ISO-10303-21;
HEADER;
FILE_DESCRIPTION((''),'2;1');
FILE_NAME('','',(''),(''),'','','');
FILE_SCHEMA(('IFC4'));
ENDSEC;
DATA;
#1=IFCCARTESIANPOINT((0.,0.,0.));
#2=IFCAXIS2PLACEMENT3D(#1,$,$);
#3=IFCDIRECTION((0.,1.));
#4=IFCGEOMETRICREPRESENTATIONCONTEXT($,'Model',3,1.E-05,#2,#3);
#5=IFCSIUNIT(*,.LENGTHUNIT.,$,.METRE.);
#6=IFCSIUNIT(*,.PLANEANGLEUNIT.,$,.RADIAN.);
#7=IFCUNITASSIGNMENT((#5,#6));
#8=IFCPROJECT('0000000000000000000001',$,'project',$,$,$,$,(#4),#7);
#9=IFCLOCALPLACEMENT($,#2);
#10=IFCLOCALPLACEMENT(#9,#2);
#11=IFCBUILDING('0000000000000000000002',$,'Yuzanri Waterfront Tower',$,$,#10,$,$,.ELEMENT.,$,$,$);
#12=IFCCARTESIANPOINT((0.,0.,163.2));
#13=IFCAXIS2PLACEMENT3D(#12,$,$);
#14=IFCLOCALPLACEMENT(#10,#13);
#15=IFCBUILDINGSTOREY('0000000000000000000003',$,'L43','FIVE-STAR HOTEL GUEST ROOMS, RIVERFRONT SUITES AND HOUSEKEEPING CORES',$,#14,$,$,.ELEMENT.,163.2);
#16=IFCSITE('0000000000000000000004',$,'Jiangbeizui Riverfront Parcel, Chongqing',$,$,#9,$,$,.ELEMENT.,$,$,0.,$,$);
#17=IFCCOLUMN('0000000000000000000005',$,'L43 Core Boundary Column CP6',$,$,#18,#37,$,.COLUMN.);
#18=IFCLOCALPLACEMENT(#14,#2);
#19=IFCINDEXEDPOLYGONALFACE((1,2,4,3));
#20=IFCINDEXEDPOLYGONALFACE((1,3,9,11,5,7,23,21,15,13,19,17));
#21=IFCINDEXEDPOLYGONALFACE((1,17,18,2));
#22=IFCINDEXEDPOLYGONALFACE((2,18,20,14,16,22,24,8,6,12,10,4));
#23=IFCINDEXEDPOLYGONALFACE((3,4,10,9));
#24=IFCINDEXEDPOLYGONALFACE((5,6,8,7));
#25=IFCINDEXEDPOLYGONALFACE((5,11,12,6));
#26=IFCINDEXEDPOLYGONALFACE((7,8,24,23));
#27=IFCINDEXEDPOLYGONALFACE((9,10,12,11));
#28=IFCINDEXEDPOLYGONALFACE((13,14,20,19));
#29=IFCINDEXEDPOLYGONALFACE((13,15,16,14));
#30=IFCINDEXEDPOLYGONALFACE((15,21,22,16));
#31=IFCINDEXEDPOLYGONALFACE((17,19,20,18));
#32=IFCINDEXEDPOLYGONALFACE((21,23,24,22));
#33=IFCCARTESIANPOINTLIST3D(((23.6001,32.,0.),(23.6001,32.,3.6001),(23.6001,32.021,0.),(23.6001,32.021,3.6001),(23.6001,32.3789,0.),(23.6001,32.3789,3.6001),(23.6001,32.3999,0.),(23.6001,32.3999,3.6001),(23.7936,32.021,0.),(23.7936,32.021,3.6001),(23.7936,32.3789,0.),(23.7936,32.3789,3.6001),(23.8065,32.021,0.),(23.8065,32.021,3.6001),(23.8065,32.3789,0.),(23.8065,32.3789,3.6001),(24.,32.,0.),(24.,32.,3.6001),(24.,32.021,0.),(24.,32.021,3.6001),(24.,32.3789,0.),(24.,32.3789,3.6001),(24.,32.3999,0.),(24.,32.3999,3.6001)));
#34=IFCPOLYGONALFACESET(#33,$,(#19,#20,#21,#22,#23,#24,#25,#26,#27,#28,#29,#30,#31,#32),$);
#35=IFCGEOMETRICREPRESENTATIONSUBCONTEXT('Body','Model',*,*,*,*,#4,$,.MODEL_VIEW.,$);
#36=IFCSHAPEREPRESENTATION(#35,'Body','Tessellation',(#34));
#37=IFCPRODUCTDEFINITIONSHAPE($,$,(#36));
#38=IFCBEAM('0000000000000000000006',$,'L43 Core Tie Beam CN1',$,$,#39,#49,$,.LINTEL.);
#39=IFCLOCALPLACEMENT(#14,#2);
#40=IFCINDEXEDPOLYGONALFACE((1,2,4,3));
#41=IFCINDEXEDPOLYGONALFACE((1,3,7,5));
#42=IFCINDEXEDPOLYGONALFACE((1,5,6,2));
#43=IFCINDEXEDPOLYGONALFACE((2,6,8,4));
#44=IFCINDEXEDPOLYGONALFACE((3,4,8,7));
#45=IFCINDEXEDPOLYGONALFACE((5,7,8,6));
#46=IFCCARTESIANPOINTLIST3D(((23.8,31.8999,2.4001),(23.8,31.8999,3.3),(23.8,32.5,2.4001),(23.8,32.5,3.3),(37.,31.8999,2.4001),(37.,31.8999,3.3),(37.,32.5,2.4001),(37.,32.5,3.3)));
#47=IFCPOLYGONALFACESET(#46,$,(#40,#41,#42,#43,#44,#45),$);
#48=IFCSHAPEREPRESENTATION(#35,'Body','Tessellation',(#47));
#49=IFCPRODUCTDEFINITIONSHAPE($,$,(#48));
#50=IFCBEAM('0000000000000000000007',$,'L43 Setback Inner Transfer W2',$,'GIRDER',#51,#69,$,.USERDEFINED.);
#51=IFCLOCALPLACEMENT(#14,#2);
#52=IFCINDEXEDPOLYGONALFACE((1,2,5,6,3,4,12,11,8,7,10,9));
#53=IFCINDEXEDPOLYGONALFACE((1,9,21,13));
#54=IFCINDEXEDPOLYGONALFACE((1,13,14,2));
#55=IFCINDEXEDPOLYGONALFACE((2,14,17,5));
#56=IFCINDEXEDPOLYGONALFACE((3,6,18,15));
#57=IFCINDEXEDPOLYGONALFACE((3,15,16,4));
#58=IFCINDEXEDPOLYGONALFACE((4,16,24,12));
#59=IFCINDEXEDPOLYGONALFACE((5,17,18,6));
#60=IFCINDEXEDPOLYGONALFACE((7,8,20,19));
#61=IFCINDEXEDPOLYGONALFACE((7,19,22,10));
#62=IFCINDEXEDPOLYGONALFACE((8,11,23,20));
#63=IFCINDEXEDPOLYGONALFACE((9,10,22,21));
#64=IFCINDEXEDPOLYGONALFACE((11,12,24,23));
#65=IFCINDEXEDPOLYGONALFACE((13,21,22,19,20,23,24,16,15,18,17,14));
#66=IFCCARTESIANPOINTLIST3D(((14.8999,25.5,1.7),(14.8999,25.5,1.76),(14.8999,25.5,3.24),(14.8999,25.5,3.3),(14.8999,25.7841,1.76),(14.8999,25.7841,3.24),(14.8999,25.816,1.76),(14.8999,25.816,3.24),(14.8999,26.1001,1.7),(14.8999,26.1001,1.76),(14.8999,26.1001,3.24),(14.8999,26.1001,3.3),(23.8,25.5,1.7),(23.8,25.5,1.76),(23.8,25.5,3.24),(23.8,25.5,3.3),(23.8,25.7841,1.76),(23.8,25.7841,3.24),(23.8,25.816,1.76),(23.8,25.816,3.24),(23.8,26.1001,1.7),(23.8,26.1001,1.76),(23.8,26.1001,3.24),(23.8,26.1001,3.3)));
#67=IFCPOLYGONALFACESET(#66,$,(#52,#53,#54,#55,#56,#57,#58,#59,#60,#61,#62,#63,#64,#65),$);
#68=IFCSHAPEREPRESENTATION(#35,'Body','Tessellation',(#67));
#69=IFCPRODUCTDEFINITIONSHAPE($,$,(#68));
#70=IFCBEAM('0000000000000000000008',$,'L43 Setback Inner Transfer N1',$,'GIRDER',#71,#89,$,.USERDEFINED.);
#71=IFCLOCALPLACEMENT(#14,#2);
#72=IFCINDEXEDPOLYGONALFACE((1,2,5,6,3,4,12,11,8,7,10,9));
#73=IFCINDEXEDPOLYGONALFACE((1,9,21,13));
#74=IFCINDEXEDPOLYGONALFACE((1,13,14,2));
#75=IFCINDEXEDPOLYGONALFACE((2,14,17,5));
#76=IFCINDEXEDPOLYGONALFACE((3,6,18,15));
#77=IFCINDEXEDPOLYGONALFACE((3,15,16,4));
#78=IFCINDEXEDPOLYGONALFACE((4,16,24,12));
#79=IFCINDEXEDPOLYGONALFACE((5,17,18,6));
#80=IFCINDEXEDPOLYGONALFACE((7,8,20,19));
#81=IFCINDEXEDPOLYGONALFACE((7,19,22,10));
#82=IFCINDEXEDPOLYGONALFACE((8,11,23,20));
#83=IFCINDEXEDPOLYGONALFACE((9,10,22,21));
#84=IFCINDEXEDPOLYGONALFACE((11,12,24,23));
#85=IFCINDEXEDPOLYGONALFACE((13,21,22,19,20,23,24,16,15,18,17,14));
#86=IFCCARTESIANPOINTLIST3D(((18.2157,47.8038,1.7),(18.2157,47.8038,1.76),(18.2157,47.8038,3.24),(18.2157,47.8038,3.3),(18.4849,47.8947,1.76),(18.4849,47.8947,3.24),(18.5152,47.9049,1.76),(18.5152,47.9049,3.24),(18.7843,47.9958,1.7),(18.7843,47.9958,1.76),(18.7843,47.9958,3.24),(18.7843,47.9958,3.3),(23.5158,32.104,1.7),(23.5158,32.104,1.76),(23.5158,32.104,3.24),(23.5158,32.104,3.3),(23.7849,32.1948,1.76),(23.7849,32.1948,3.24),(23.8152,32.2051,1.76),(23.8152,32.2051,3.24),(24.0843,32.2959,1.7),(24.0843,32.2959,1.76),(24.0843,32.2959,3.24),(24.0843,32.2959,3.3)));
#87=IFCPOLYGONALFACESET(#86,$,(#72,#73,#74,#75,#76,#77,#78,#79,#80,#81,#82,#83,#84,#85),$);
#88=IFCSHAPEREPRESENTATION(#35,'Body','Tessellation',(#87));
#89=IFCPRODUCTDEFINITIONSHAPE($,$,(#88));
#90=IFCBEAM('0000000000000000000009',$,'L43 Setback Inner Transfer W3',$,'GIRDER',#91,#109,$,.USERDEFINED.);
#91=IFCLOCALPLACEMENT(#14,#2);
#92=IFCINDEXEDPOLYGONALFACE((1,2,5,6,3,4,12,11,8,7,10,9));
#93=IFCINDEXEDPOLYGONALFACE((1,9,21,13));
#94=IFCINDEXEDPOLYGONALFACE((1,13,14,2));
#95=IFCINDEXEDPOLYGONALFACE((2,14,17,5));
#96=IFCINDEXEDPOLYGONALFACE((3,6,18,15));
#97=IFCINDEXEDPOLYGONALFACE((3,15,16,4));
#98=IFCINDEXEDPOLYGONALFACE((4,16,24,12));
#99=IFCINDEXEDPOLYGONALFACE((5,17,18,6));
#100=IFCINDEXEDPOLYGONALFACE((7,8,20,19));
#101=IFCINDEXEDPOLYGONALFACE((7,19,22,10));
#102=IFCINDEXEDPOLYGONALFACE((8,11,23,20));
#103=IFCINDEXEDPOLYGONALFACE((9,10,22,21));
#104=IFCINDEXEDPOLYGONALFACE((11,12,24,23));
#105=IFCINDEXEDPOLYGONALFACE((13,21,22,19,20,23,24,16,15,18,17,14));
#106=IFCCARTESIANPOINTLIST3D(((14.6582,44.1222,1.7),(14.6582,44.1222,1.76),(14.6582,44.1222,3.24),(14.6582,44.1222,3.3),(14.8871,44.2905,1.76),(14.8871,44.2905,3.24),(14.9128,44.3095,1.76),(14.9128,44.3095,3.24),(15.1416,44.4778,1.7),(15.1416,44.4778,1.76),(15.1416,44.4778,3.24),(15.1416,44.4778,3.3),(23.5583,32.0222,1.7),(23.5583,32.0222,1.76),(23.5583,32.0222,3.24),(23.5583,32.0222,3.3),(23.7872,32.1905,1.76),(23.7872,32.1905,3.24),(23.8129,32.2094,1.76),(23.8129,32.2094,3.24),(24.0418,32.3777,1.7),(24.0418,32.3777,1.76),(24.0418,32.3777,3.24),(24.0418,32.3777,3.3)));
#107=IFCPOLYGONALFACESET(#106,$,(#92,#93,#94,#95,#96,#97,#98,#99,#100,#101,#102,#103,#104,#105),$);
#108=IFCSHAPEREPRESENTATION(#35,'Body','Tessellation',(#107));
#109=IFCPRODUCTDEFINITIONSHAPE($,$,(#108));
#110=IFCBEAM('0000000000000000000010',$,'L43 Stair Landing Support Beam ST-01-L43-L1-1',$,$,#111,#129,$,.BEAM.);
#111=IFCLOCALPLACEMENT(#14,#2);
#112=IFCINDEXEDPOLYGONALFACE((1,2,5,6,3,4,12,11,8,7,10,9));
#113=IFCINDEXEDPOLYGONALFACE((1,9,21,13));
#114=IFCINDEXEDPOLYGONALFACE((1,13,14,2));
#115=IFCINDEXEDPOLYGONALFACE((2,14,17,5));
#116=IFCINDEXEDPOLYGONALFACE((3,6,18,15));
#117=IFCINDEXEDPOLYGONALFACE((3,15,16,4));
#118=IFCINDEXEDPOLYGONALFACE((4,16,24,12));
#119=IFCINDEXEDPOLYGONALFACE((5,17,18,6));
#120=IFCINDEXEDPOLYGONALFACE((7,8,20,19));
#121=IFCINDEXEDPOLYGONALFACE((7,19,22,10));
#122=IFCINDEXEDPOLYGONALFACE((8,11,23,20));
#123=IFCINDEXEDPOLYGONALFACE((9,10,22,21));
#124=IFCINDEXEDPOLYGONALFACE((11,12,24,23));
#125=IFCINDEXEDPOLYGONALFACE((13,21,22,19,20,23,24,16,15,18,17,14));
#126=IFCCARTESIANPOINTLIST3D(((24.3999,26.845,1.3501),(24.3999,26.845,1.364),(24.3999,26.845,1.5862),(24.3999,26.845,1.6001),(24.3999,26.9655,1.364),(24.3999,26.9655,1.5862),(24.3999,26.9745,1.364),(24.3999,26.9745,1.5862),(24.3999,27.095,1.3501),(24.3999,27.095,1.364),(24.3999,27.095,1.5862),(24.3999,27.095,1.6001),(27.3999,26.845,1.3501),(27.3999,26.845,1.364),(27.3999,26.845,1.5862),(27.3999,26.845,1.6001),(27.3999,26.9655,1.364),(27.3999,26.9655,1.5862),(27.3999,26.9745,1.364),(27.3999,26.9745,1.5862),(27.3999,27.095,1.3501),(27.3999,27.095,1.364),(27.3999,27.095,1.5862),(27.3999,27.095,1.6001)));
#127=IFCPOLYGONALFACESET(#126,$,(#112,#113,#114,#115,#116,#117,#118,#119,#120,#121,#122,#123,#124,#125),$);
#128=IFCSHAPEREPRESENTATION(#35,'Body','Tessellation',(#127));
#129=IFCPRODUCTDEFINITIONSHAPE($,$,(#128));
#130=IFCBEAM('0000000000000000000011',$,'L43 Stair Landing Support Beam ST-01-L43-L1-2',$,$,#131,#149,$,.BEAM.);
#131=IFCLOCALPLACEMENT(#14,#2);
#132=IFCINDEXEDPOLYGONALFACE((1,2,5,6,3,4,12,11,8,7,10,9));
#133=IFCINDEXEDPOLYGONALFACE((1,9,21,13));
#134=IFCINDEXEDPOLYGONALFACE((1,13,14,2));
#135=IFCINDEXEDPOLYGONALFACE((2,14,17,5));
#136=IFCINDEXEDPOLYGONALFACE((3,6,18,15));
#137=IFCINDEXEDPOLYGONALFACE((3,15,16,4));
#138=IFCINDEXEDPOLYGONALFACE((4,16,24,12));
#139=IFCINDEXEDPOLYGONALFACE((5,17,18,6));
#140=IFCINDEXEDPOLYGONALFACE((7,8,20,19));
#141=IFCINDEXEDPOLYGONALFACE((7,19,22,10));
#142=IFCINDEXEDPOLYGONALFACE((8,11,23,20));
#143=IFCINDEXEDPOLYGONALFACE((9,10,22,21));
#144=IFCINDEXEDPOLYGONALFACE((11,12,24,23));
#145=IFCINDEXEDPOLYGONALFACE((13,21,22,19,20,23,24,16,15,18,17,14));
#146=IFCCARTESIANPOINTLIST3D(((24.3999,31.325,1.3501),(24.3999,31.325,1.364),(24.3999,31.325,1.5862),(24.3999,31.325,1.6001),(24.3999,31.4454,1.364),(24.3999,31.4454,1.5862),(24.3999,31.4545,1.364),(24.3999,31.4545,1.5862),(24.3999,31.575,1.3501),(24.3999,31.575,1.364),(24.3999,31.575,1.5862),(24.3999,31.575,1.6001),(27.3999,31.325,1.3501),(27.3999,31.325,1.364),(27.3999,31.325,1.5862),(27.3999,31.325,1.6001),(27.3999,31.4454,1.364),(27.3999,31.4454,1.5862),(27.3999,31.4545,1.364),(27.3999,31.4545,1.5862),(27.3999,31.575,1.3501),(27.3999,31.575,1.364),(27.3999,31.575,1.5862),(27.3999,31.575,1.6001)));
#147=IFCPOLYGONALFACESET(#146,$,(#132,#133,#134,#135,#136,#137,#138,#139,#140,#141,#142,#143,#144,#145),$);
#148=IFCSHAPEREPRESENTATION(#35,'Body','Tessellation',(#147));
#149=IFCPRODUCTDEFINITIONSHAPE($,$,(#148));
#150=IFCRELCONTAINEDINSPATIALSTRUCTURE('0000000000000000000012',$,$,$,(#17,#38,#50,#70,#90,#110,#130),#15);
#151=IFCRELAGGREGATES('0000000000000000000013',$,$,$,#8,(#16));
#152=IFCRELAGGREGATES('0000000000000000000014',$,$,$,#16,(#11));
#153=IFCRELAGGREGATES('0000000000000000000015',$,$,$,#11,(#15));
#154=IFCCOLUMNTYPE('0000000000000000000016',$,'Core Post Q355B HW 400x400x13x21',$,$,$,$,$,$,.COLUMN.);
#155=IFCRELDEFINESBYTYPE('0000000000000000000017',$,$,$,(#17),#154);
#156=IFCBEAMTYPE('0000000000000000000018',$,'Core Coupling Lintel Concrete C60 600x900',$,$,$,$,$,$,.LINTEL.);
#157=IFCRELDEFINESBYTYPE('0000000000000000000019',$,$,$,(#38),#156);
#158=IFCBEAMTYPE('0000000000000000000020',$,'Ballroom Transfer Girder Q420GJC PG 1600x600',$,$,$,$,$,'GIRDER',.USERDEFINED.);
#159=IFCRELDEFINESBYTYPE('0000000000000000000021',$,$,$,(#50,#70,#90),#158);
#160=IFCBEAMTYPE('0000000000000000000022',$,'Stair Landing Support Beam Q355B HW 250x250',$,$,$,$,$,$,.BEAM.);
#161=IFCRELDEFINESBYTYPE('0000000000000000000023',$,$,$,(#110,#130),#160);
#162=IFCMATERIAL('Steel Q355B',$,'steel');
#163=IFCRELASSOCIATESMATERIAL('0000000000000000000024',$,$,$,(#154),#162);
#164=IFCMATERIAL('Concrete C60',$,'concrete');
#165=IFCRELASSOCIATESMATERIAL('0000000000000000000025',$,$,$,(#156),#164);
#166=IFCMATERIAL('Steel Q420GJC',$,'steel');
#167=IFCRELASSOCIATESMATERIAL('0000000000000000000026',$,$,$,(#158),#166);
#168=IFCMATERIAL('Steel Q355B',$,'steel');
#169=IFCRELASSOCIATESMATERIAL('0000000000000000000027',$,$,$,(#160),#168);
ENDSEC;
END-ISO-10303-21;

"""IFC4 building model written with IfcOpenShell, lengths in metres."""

from ifc_helpers import new_model, si_unit, direction, frame, origin, origin_2d, place, context, subcontext, project, spatial, rectangle, i_section, extrude, source, transform, mapped, material, material_profile, profile_set, type_object, element, save


model = new_model("IFC4")

# Units and contexts
model_context = context("Model", 3, precision=1e-05, world=origin(), true_north=direction((0.0, 1.0)))
body_context = subcontext(model_context, "Body", "Model", "MODEL_VIEW")
ifc_project = project(units=[si_unit("LENGTHUNIT", "METRE"), si_unit("PLANEANGLEUNIT", "RADIAN")], contexts=[model_context])

# Site, building, storey
site_placement = place(None, origin())
site = spatial("IfcSite", under=ifc_project, at=site_placement, Name="Jiangbeizui Riverfront Parcel, Chongqing", CompositionType="ELEMENT", RefElevation=0.0)
building_placement = place(site_placement, origin())
building = spatial("IfcBuilding", under=site, at=building_placement, Name="Yuzanri Waterfront Tower", CompositionType="ELEMENT")
storey_placement = place(building_placement, frame((0.0, 0.0, 163.2)))
storey = spatial("IfcBuildingStorey", under=building, at=storey_placement, Name="L43", Description="FIVE-STAR HOTEL GUEST ROOMS, RIVERFRONT SUITES AND HOUSEKEEPING CORES", CompositionType="ELEMENT", Elevation=163.2)

# Column
ifc_material_1 = material(Name="Steel Q355B", Category="steel")
ifc_material_profile_1 = material_profile(ifc_material_1, i_section(OverallWidth=0.3999, OverallDepth=0.3999, WebThickness=0.0129, FlangeThickness=0.021, at=origin_2d()), Name="HW 400x400x13x21")
ifc_profile_set_1 = profile_set([ifc_material_profile_1], Name="Steel Q355B")
column_type = type_object("IfcColumnType", Name="Core Post Q355B HW 400x400x13x21", PredefinedType="COLUMN", material=ifc_profile_set_1)
shared_shape_1 = source(origin(), body_context, "Body", "SweptSolid", [
    extrude(i_section(OverallWidth=0.3999, OverallDepth=0.3999, WebThickness=0.0129, FlangeThickness=0.021, at=origin_2d()), origin(), (0.0, 0.0, 1.0), 3.6001),
])
column_placement = place(storey_placement, frame((23.8, 32.2, 0.0), z_axis=(0.0, 0.0, 1.0), x_axis=(1.0, 0.0, 0.0)))
element("IfcColumn", 1, at=column_placement, inside=storey, type_object=column_type, Name="L43 Core Boundary Column CP6", PredefinedType="COLUMN", context=body_context, shape_type="MappedRepresentation", body=[
    mapped(shared_shape_1, transform((0.0, 0.0, 0.0), scale=1.0)),
])

# Beams
ifc_material_2 = material(Name="Concrete C60", Category="concrete")
ifc_material_profile_2 = material_profile(ifc_material_2, rectangle(XDim=0.6001, YDim=0.8999, at=origin_2d()), Name="RC 600x900")
ifc_profile_set_2 = profile_set([ifc_material_profile_2], Name="Concrete C60")
beam_type_1 = type_object("IfcBeamType", Name="Core Coupling Lintel Concrete C60 600x900", PredefinedType="LINTEL", material=ifc_profile_set_2)
shared_shape_2 = source(origin(), body_context, "Body", "SweptSolid", [
    extrude(rectangle(XDim=0.6001, YDim=0.8999, at=origin_2d()), origin(), (0.0, 0.0, 1.0), 13.2),
])
beam_1_placement = place(storey_placement, frame((23.8, 32.2, 2.8501), z_axis=(1.0, 0.0, 0.0), x_axis=(0.0, 1.0, 0.0)))
element("IfcBeam", 2, at=beam_1_placement, inside=storey, type_object=beam_type_1, Name="L43 Core Tie Beam CN1", PredefinedType="LINTEL", context=body_context, shape_type="MappedRepresentation", body=[
    mapped(shared_shape_2, transform((0.0, 0.0, 0.0), scale=1.0)),
])
ifc_material_3 = material(Name="Steel Q420GJC", Category="steel")
ifc_material_profile_3 = material_profile(ifc_material_3, i_section(OverallWidth=0.6001, OverallDepth=1.6001, WebThickness=0.032, FlangeThickness=0.0601, at=origin_2d()), Name="PG 1600x600x32x60")
ifc_profile_set_3 = profile_set([ifc_material_profile_3], Name="Steel Q420GJC")
beam_type_2 = type_object("IfcBeamType", Name="Ballroom Transfer Girder Q420GJC PG 1600x600", ElementType="GIRDER", PredefinedType="USERDEFINED", material=ifc_profile_set_3)
shared_shape_3 = source(origin(), body_context, "Body", "SweptSolid", [
    extrude(i_section(OverallWidth=0.6001, OverallDepth=1.6001, WebThickness=0.032, FlangeThickness=0.0601, at=origin_2d()), origin(), (0.0, 0.0, 1.0), 8.9001),
])
beam_2_placement = place(storey_placement, frame((23.8, 25.8, 2.5), z_axis=(-1.0, 0.0, 0.0), x_axis=(0.0, -1.0, 0.0)))
element("IfcBeam", 3, at=beam_2_placement, inside=storey, type_object=beam_type_2, Name="L43 Setback Inner Transfer W2", ObjectType="GIRDER", PredefinedType="USERDEFINED", context=body_context, shape_type="MappedRepresentation", body=[
    mapped(shared_shape_3, transform((0.0, 0.0, 0.0), scale=1.0)),
])
shared_shape_4 = source(origin(), body_context, "Body", "SweptSolid", [
    extrude(i_section(OverallWidth=0.6001, OverallDepth=1.6001, WebThickness=0.032, FlangeThickness=0.0601, at=origin_2d()), origin(), (0.0, 0.0, 1.0), 16.5703),
])
beam_3_placement = place(storey_placement, frame((23.8, 32.2, 2.5), z_axis=(-0.31985, 0.947468, 0.0), x_axis=(-0.947468, -0.31985, 0.0)))
element("IfcBeam", 4, at=beam_3_placement, inside=storey, type_object=beam_type_2, Name="L43 Setback Inner Transfer N1", ObjectType="GIRDER", PredefinedType="USERDEFINED", context=body_context, shape_type="MappedRepresentation", body=[
    mapped(shared_shape_4, transform((0.0, 0.0, 0.0), scale=1.0)),
])
shared_shape_5 = source(origin(), body_context, "Body", "SweptSolid", [
    extrude(i_section(OverallWidth=0.6001, OverallDepth=1.6001, WebThickness=0.032, FlangeThickness=0.0601, at=origin_2d()), origin(), (0.0, 0.0, 1.0), 15.0208),
])
beam_4_placement = place(storey_placement, frame((23.8, 32.2, 2.5), z_axis=(-0.592521, 0.805555, 0.0), x_axis=(-0.805555, -0.592521, 0.0)))
element("IfcBeam", 5, at=beam_4_placement, inside=storey, type_object=beam_type_2, Name="L43 Setback Inner Transfer W3", ObjectType="GIRDER", PredefinedType="USERDEFINED", context=body_context, shape_type="MappedRepresentation", body=[
    mapped(shared_shape_5, transform((0.0, 0.0, 0.0), scale=1.0)),
])
ifc_material_4 = material(Name="Steel Q355B", Category="steel")
ifc_material_profile_4 = material_profile(ifc_material_4, i_section(OverallWidth=0.25, OverallDepth=0.25, WebThickness=0.009, FlangeThickness=0.0139, at=origin_2d()), Name="HW 250x250x9x14")
ifc_profile_set_4 = profile_set([ifc_material_profile_4], Name="Steel Q355B")
beam_type_3 = type_object("IfcBeamType", Name="Stair Landing Support Beam Q355B HW 250x250", PredefinedType="BEAM", material=ifc_profile_set_4)
shared_shape_6 = source(origin(), body_context, "Body", "SweptSolid", [
    extrude(i_section(OverallWidth=0.25, OverallDepth=0.25, WebThickness=0.009, FlangeThickness=0.0139, at=origin_2d()), origin(), (0.0, 0.0, 1.0), 3.0),
])
for number, where, z_axis, x_axis, name in (
    (6, (24.3999, 26.97, 1.4751), (1.0, 0.0, 0.0), (0.0, 1.0, 0.0), "L43 Stair Landing Support Beam ST-01-L43-L1-1"),
    (7, (24.3999, 31.45, 1.4751), (1.0, 0.0, 0.0), (0.0, 1.0, 0.0), "L43 Stair Landing Support Beam ST-01-L43-L1-2"),
):
    element("IfcBeam", number, at=place(storey_placement, frame(where, z_axis=z_axis, x_axis=x_axis)), inside=storey, type_object=beam_type_3, Name=name, PredefinedType="BEAM", context=body_context, shape_type="MappedRepresentation", body=[
        mapped(shared_shape_6, transform((0.0, 0.0, 0.0), scale=1.0)),
    ])

save(model, "model.ifc")
